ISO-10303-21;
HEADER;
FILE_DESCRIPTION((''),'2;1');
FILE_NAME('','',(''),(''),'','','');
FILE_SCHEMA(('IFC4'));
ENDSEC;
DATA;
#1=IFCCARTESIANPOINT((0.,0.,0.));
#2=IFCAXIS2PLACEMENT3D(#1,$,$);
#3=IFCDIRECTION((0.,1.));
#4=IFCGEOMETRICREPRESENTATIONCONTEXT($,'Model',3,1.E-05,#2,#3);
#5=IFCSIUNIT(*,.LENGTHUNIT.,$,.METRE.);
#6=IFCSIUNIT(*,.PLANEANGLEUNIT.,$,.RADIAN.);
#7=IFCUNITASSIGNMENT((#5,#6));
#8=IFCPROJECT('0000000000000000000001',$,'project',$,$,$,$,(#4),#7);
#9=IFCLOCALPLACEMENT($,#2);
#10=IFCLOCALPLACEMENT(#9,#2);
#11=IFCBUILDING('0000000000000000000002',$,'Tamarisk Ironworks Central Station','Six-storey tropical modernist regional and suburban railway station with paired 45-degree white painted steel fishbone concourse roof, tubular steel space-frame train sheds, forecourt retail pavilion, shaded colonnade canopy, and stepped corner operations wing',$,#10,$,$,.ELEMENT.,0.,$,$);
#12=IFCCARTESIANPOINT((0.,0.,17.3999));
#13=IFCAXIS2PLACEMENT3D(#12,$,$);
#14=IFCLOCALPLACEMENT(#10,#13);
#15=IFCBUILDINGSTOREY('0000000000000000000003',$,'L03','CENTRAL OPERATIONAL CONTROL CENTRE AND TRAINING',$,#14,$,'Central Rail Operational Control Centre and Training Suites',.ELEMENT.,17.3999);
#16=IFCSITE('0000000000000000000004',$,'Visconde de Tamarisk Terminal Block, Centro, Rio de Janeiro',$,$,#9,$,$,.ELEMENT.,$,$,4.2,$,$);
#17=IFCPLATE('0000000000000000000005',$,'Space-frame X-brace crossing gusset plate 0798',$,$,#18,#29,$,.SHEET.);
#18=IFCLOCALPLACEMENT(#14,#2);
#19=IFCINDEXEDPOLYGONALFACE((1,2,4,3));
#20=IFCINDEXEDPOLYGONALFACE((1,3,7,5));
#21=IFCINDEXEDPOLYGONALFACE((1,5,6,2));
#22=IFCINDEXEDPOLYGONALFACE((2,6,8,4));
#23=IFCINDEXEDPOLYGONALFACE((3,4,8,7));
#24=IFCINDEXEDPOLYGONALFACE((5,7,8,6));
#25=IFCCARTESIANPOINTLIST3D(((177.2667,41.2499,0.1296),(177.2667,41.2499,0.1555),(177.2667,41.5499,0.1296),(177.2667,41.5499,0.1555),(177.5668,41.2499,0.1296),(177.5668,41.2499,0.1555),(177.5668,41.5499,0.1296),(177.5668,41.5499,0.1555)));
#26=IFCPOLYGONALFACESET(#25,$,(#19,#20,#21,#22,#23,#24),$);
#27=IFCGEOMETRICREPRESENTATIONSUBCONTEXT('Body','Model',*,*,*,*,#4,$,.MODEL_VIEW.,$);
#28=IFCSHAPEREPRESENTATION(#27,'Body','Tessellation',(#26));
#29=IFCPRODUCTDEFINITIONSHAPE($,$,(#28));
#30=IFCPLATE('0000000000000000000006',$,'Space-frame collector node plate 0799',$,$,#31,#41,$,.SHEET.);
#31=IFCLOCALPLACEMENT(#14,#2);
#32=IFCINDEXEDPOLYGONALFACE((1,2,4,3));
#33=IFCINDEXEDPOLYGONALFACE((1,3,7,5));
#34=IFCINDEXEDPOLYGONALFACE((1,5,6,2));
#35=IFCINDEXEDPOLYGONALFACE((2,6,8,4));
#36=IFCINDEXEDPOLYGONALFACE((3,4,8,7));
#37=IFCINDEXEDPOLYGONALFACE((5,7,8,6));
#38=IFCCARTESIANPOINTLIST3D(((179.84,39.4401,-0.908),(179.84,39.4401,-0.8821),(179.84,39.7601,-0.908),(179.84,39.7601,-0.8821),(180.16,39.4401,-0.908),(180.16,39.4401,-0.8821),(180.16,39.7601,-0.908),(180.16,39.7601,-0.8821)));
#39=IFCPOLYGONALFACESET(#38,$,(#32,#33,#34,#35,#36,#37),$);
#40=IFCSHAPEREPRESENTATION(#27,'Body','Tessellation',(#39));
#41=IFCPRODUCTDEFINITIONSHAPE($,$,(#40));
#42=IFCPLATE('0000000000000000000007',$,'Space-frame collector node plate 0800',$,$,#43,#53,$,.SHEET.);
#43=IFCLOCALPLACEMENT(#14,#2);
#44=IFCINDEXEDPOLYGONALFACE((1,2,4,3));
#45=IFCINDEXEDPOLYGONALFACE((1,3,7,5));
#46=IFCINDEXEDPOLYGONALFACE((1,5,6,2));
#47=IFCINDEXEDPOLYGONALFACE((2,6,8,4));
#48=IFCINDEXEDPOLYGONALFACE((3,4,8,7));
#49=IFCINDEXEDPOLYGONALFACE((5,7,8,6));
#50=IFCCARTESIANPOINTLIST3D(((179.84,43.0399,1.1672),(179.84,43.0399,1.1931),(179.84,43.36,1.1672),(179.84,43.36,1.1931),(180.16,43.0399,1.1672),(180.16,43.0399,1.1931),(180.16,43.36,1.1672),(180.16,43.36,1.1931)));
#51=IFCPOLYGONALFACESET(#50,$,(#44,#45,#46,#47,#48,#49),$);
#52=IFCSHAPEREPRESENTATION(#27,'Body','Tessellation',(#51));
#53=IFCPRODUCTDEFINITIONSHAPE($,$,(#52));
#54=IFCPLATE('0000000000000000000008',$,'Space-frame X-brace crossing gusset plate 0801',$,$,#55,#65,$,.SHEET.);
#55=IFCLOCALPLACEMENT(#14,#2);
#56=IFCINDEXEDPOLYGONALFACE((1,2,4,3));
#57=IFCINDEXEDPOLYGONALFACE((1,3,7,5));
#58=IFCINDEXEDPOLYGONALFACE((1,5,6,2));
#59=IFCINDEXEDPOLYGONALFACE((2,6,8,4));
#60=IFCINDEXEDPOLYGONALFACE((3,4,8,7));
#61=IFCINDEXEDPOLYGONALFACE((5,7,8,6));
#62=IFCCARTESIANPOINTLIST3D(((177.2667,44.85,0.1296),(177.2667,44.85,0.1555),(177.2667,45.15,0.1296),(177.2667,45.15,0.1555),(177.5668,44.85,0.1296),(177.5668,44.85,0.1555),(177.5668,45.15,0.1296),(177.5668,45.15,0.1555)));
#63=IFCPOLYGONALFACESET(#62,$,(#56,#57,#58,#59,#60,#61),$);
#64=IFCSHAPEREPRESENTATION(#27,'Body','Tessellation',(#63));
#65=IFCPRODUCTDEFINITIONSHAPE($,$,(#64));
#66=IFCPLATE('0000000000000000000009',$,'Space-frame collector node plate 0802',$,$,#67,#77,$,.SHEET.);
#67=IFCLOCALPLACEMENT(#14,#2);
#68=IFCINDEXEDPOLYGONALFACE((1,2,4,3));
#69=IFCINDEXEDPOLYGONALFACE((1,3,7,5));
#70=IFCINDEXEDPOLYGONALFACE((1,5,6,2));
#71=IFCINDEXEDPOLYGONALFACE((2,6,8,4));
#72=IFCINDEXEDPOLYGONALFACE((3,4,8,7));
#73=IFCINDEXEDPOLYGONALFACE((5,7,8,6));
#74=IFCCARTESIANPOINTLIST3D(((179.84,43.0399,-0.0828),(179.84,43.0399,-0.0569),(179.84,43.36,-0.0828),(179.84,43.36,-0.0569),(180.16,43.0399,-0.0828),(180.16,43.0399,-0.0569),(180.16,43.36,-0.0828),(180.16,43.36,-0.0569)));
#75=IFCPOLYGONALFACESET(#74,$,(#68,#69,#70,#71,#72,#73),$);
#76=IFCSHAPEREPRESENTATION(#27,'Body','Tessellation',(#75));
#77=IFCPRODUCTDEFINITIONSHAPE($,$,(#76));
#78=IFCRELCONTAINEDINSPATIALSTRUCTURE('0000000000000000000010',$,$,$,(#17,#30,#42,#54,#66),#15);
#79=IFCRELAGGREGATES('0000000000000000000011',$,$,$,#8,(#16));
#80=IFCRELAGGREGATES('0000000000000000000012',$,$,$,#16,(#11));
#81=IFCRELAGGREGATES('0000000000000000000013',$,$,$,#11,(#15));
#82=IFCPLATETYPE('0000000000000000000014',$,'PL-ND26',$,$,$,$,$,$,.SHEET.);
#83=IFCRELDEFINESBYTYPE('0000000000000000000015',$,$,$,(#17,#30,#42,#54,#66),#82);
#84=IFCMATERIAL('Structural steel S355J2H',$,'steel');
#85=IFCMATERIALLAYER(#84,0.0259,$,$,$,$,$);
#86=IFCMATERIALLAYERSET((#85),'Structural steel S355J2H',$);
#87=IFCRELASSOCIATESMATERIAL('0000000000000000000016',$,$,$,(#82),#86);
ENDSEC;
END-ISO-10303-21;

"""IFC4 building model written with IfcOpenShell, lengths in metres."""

from ifc_helpers import new_model, si_unit, direction, frame, origin, origin_2d, place, context, subcontext, project, spatial, rectangle, extrude, material, layer, layer_set, type_object, element, save


model = new_model("IFC4")

# Units and contexts
model_context = context("Model", 3, precision=1e-05, world=origin(), true_north=direction((0.0, 1.0)))
body_context = subcontext(model_context, "Body", "Model", "MODEL_VIEW")
ifc_project = project(units=[si_unit("LENGTHUNIT", "METRE"), si_unit("PLANEANGLEUNIT", "RADIAN")], contexts=[model_context])

# Site, building, storey
site_placement = place(None, origin())
site = spatial("IfcSite", under=ifc_project, at=site_placement, Name="Visconde de Tamarisk Terminal Block, Centro, Rio de Janeiro", CompositionType="ELEMENT", RefElevation=4.2)
building_placement = place(site_placement, origin())
building = spatial("IfcBuilding", under=site, at=building_placement, Name="Tamarisk Ironworks Central Station", Description="Six-storey tropical modernist regional and suburban railway station with paired 45-degree white painted steel fishbone concourse roof, tubular steel space-frame train sheds, forecourt retail pavilion, shaded colonnade canopy, and stepped corner operations wing", CompositionType="ELEMENT", ElevationOfRefHeight=0.0)
storey_placement = place(building_placement, frame((0.0, 0.0, 17.3999)))
storey = spatial("IfcBuildingStorey", under=building, at=storey_placement, Name="L03", Description="CENTRAL OPERATIONAL CONTROL CENTRE AND TRAINING", LongName="Central Rail Operational Control Centre and Training Suites", CompositionType="ELEMENT", Elevation=17.3999)

# Shared definitions
ifc_material = material(Name="Structural steel S355J2H", Category="steel")

# Plates
ifc_layer = layer(ifc_material, 0.0259)
ifc_layer_set = layer_set([ifc_layer], Name="Structural steel S355J2H")
plate_type = type_object("IfcPlateType", Name="PL-ND26", PredefinedType="SHEET", material=ifc_layer_set)
plate_1_placement = place(storey_placement, frame((177.4167, 41.3999, 0.1296), z_axis=(0.0, 0.0, 1.0), x_axis=(1.0, 0.0, 0.0)))
element("IfcPlate", 1, at=plate_1_placement, inside=storey, type_object=plate_type, Name="Space-frame X-brace crossing gusset plate 0798", PredefinedType="SHEET", context=body_context, shape_type="SweptSolid", body=[
    extrude(rectangle(XDim=0.3, YDim=0.3, at=origin_2d()), origin(), (0.0, 0.0, 1.0), 0.0259),
])
for number, where, z_axis, x_axis, name in (
    (2, (180.0, 39.6001, -0.908), (0.0, 0.0, 1.0), (1.0, 0.0, 0.0), "Space-frame collector node plate 0799"),
    (3, (180.0, 43.2, 1.1672), (0.0, 0.0, 1.0), (1.0, 0.0, 0.0), "Space-frame collector node plate 0800"),
):
    element("IfcPlate", number, at=place(storey_placement, frame(where, z_axis=z_axis, x_axis=x_axis)), inside=storey, type_object=plate_type, Name=name, PredefinedType="SHEET", context=body_context, shape_type="SweptSolid", body=[
        extrude(rectangle(XDim=0.3201, YDim=0.3201, at=origin_2d()), origin(), (0.0, 0.0, 1.0), 0.0259),
    ])
plate_2_placement = place(storey_placement, frame((177.4167, 45.0, 0.1296), z_axis=(0.0, 0.0, 1.0), x_axis=(1.0, 0.0, 0.0)))
element("IfcPlate", 4, at=plate_2_placement, inside=storey, type_object=plate_type, Name="Space-frame X-brace crossing gusset plate 0801", PredefinedType="SHEET", context=body_context, shape_type="SweptSolid", body=[
    extrude(rectangle(XDim=0.3, YDim=0.3, at=origin_2d()), origin(), (0.0, 0.0, 1.0), 0.0259),
])
plate_3_placement = place(storey_placement, frame((180.0, 43.2, -0.0828), z_axis=(0.0, 0.0, 1.0), x_axis=(1.0, 0.0, 0.0)))
element("IfcPlate", 5, at=plate_3_placement, inside=storey, type_object=plate_type, Name="Space-frame collector node plate 0802", PredefinedType="SHEET", context=body_context, shape_type="SweptSolid", body=[
    extrude(rectangle(XDim=0.3201, YDim=0.3201, at=origin_2d()), origin(), (0.0, 0.0, 1.0), 0.0259),
])

save(model, "model.ifc")
